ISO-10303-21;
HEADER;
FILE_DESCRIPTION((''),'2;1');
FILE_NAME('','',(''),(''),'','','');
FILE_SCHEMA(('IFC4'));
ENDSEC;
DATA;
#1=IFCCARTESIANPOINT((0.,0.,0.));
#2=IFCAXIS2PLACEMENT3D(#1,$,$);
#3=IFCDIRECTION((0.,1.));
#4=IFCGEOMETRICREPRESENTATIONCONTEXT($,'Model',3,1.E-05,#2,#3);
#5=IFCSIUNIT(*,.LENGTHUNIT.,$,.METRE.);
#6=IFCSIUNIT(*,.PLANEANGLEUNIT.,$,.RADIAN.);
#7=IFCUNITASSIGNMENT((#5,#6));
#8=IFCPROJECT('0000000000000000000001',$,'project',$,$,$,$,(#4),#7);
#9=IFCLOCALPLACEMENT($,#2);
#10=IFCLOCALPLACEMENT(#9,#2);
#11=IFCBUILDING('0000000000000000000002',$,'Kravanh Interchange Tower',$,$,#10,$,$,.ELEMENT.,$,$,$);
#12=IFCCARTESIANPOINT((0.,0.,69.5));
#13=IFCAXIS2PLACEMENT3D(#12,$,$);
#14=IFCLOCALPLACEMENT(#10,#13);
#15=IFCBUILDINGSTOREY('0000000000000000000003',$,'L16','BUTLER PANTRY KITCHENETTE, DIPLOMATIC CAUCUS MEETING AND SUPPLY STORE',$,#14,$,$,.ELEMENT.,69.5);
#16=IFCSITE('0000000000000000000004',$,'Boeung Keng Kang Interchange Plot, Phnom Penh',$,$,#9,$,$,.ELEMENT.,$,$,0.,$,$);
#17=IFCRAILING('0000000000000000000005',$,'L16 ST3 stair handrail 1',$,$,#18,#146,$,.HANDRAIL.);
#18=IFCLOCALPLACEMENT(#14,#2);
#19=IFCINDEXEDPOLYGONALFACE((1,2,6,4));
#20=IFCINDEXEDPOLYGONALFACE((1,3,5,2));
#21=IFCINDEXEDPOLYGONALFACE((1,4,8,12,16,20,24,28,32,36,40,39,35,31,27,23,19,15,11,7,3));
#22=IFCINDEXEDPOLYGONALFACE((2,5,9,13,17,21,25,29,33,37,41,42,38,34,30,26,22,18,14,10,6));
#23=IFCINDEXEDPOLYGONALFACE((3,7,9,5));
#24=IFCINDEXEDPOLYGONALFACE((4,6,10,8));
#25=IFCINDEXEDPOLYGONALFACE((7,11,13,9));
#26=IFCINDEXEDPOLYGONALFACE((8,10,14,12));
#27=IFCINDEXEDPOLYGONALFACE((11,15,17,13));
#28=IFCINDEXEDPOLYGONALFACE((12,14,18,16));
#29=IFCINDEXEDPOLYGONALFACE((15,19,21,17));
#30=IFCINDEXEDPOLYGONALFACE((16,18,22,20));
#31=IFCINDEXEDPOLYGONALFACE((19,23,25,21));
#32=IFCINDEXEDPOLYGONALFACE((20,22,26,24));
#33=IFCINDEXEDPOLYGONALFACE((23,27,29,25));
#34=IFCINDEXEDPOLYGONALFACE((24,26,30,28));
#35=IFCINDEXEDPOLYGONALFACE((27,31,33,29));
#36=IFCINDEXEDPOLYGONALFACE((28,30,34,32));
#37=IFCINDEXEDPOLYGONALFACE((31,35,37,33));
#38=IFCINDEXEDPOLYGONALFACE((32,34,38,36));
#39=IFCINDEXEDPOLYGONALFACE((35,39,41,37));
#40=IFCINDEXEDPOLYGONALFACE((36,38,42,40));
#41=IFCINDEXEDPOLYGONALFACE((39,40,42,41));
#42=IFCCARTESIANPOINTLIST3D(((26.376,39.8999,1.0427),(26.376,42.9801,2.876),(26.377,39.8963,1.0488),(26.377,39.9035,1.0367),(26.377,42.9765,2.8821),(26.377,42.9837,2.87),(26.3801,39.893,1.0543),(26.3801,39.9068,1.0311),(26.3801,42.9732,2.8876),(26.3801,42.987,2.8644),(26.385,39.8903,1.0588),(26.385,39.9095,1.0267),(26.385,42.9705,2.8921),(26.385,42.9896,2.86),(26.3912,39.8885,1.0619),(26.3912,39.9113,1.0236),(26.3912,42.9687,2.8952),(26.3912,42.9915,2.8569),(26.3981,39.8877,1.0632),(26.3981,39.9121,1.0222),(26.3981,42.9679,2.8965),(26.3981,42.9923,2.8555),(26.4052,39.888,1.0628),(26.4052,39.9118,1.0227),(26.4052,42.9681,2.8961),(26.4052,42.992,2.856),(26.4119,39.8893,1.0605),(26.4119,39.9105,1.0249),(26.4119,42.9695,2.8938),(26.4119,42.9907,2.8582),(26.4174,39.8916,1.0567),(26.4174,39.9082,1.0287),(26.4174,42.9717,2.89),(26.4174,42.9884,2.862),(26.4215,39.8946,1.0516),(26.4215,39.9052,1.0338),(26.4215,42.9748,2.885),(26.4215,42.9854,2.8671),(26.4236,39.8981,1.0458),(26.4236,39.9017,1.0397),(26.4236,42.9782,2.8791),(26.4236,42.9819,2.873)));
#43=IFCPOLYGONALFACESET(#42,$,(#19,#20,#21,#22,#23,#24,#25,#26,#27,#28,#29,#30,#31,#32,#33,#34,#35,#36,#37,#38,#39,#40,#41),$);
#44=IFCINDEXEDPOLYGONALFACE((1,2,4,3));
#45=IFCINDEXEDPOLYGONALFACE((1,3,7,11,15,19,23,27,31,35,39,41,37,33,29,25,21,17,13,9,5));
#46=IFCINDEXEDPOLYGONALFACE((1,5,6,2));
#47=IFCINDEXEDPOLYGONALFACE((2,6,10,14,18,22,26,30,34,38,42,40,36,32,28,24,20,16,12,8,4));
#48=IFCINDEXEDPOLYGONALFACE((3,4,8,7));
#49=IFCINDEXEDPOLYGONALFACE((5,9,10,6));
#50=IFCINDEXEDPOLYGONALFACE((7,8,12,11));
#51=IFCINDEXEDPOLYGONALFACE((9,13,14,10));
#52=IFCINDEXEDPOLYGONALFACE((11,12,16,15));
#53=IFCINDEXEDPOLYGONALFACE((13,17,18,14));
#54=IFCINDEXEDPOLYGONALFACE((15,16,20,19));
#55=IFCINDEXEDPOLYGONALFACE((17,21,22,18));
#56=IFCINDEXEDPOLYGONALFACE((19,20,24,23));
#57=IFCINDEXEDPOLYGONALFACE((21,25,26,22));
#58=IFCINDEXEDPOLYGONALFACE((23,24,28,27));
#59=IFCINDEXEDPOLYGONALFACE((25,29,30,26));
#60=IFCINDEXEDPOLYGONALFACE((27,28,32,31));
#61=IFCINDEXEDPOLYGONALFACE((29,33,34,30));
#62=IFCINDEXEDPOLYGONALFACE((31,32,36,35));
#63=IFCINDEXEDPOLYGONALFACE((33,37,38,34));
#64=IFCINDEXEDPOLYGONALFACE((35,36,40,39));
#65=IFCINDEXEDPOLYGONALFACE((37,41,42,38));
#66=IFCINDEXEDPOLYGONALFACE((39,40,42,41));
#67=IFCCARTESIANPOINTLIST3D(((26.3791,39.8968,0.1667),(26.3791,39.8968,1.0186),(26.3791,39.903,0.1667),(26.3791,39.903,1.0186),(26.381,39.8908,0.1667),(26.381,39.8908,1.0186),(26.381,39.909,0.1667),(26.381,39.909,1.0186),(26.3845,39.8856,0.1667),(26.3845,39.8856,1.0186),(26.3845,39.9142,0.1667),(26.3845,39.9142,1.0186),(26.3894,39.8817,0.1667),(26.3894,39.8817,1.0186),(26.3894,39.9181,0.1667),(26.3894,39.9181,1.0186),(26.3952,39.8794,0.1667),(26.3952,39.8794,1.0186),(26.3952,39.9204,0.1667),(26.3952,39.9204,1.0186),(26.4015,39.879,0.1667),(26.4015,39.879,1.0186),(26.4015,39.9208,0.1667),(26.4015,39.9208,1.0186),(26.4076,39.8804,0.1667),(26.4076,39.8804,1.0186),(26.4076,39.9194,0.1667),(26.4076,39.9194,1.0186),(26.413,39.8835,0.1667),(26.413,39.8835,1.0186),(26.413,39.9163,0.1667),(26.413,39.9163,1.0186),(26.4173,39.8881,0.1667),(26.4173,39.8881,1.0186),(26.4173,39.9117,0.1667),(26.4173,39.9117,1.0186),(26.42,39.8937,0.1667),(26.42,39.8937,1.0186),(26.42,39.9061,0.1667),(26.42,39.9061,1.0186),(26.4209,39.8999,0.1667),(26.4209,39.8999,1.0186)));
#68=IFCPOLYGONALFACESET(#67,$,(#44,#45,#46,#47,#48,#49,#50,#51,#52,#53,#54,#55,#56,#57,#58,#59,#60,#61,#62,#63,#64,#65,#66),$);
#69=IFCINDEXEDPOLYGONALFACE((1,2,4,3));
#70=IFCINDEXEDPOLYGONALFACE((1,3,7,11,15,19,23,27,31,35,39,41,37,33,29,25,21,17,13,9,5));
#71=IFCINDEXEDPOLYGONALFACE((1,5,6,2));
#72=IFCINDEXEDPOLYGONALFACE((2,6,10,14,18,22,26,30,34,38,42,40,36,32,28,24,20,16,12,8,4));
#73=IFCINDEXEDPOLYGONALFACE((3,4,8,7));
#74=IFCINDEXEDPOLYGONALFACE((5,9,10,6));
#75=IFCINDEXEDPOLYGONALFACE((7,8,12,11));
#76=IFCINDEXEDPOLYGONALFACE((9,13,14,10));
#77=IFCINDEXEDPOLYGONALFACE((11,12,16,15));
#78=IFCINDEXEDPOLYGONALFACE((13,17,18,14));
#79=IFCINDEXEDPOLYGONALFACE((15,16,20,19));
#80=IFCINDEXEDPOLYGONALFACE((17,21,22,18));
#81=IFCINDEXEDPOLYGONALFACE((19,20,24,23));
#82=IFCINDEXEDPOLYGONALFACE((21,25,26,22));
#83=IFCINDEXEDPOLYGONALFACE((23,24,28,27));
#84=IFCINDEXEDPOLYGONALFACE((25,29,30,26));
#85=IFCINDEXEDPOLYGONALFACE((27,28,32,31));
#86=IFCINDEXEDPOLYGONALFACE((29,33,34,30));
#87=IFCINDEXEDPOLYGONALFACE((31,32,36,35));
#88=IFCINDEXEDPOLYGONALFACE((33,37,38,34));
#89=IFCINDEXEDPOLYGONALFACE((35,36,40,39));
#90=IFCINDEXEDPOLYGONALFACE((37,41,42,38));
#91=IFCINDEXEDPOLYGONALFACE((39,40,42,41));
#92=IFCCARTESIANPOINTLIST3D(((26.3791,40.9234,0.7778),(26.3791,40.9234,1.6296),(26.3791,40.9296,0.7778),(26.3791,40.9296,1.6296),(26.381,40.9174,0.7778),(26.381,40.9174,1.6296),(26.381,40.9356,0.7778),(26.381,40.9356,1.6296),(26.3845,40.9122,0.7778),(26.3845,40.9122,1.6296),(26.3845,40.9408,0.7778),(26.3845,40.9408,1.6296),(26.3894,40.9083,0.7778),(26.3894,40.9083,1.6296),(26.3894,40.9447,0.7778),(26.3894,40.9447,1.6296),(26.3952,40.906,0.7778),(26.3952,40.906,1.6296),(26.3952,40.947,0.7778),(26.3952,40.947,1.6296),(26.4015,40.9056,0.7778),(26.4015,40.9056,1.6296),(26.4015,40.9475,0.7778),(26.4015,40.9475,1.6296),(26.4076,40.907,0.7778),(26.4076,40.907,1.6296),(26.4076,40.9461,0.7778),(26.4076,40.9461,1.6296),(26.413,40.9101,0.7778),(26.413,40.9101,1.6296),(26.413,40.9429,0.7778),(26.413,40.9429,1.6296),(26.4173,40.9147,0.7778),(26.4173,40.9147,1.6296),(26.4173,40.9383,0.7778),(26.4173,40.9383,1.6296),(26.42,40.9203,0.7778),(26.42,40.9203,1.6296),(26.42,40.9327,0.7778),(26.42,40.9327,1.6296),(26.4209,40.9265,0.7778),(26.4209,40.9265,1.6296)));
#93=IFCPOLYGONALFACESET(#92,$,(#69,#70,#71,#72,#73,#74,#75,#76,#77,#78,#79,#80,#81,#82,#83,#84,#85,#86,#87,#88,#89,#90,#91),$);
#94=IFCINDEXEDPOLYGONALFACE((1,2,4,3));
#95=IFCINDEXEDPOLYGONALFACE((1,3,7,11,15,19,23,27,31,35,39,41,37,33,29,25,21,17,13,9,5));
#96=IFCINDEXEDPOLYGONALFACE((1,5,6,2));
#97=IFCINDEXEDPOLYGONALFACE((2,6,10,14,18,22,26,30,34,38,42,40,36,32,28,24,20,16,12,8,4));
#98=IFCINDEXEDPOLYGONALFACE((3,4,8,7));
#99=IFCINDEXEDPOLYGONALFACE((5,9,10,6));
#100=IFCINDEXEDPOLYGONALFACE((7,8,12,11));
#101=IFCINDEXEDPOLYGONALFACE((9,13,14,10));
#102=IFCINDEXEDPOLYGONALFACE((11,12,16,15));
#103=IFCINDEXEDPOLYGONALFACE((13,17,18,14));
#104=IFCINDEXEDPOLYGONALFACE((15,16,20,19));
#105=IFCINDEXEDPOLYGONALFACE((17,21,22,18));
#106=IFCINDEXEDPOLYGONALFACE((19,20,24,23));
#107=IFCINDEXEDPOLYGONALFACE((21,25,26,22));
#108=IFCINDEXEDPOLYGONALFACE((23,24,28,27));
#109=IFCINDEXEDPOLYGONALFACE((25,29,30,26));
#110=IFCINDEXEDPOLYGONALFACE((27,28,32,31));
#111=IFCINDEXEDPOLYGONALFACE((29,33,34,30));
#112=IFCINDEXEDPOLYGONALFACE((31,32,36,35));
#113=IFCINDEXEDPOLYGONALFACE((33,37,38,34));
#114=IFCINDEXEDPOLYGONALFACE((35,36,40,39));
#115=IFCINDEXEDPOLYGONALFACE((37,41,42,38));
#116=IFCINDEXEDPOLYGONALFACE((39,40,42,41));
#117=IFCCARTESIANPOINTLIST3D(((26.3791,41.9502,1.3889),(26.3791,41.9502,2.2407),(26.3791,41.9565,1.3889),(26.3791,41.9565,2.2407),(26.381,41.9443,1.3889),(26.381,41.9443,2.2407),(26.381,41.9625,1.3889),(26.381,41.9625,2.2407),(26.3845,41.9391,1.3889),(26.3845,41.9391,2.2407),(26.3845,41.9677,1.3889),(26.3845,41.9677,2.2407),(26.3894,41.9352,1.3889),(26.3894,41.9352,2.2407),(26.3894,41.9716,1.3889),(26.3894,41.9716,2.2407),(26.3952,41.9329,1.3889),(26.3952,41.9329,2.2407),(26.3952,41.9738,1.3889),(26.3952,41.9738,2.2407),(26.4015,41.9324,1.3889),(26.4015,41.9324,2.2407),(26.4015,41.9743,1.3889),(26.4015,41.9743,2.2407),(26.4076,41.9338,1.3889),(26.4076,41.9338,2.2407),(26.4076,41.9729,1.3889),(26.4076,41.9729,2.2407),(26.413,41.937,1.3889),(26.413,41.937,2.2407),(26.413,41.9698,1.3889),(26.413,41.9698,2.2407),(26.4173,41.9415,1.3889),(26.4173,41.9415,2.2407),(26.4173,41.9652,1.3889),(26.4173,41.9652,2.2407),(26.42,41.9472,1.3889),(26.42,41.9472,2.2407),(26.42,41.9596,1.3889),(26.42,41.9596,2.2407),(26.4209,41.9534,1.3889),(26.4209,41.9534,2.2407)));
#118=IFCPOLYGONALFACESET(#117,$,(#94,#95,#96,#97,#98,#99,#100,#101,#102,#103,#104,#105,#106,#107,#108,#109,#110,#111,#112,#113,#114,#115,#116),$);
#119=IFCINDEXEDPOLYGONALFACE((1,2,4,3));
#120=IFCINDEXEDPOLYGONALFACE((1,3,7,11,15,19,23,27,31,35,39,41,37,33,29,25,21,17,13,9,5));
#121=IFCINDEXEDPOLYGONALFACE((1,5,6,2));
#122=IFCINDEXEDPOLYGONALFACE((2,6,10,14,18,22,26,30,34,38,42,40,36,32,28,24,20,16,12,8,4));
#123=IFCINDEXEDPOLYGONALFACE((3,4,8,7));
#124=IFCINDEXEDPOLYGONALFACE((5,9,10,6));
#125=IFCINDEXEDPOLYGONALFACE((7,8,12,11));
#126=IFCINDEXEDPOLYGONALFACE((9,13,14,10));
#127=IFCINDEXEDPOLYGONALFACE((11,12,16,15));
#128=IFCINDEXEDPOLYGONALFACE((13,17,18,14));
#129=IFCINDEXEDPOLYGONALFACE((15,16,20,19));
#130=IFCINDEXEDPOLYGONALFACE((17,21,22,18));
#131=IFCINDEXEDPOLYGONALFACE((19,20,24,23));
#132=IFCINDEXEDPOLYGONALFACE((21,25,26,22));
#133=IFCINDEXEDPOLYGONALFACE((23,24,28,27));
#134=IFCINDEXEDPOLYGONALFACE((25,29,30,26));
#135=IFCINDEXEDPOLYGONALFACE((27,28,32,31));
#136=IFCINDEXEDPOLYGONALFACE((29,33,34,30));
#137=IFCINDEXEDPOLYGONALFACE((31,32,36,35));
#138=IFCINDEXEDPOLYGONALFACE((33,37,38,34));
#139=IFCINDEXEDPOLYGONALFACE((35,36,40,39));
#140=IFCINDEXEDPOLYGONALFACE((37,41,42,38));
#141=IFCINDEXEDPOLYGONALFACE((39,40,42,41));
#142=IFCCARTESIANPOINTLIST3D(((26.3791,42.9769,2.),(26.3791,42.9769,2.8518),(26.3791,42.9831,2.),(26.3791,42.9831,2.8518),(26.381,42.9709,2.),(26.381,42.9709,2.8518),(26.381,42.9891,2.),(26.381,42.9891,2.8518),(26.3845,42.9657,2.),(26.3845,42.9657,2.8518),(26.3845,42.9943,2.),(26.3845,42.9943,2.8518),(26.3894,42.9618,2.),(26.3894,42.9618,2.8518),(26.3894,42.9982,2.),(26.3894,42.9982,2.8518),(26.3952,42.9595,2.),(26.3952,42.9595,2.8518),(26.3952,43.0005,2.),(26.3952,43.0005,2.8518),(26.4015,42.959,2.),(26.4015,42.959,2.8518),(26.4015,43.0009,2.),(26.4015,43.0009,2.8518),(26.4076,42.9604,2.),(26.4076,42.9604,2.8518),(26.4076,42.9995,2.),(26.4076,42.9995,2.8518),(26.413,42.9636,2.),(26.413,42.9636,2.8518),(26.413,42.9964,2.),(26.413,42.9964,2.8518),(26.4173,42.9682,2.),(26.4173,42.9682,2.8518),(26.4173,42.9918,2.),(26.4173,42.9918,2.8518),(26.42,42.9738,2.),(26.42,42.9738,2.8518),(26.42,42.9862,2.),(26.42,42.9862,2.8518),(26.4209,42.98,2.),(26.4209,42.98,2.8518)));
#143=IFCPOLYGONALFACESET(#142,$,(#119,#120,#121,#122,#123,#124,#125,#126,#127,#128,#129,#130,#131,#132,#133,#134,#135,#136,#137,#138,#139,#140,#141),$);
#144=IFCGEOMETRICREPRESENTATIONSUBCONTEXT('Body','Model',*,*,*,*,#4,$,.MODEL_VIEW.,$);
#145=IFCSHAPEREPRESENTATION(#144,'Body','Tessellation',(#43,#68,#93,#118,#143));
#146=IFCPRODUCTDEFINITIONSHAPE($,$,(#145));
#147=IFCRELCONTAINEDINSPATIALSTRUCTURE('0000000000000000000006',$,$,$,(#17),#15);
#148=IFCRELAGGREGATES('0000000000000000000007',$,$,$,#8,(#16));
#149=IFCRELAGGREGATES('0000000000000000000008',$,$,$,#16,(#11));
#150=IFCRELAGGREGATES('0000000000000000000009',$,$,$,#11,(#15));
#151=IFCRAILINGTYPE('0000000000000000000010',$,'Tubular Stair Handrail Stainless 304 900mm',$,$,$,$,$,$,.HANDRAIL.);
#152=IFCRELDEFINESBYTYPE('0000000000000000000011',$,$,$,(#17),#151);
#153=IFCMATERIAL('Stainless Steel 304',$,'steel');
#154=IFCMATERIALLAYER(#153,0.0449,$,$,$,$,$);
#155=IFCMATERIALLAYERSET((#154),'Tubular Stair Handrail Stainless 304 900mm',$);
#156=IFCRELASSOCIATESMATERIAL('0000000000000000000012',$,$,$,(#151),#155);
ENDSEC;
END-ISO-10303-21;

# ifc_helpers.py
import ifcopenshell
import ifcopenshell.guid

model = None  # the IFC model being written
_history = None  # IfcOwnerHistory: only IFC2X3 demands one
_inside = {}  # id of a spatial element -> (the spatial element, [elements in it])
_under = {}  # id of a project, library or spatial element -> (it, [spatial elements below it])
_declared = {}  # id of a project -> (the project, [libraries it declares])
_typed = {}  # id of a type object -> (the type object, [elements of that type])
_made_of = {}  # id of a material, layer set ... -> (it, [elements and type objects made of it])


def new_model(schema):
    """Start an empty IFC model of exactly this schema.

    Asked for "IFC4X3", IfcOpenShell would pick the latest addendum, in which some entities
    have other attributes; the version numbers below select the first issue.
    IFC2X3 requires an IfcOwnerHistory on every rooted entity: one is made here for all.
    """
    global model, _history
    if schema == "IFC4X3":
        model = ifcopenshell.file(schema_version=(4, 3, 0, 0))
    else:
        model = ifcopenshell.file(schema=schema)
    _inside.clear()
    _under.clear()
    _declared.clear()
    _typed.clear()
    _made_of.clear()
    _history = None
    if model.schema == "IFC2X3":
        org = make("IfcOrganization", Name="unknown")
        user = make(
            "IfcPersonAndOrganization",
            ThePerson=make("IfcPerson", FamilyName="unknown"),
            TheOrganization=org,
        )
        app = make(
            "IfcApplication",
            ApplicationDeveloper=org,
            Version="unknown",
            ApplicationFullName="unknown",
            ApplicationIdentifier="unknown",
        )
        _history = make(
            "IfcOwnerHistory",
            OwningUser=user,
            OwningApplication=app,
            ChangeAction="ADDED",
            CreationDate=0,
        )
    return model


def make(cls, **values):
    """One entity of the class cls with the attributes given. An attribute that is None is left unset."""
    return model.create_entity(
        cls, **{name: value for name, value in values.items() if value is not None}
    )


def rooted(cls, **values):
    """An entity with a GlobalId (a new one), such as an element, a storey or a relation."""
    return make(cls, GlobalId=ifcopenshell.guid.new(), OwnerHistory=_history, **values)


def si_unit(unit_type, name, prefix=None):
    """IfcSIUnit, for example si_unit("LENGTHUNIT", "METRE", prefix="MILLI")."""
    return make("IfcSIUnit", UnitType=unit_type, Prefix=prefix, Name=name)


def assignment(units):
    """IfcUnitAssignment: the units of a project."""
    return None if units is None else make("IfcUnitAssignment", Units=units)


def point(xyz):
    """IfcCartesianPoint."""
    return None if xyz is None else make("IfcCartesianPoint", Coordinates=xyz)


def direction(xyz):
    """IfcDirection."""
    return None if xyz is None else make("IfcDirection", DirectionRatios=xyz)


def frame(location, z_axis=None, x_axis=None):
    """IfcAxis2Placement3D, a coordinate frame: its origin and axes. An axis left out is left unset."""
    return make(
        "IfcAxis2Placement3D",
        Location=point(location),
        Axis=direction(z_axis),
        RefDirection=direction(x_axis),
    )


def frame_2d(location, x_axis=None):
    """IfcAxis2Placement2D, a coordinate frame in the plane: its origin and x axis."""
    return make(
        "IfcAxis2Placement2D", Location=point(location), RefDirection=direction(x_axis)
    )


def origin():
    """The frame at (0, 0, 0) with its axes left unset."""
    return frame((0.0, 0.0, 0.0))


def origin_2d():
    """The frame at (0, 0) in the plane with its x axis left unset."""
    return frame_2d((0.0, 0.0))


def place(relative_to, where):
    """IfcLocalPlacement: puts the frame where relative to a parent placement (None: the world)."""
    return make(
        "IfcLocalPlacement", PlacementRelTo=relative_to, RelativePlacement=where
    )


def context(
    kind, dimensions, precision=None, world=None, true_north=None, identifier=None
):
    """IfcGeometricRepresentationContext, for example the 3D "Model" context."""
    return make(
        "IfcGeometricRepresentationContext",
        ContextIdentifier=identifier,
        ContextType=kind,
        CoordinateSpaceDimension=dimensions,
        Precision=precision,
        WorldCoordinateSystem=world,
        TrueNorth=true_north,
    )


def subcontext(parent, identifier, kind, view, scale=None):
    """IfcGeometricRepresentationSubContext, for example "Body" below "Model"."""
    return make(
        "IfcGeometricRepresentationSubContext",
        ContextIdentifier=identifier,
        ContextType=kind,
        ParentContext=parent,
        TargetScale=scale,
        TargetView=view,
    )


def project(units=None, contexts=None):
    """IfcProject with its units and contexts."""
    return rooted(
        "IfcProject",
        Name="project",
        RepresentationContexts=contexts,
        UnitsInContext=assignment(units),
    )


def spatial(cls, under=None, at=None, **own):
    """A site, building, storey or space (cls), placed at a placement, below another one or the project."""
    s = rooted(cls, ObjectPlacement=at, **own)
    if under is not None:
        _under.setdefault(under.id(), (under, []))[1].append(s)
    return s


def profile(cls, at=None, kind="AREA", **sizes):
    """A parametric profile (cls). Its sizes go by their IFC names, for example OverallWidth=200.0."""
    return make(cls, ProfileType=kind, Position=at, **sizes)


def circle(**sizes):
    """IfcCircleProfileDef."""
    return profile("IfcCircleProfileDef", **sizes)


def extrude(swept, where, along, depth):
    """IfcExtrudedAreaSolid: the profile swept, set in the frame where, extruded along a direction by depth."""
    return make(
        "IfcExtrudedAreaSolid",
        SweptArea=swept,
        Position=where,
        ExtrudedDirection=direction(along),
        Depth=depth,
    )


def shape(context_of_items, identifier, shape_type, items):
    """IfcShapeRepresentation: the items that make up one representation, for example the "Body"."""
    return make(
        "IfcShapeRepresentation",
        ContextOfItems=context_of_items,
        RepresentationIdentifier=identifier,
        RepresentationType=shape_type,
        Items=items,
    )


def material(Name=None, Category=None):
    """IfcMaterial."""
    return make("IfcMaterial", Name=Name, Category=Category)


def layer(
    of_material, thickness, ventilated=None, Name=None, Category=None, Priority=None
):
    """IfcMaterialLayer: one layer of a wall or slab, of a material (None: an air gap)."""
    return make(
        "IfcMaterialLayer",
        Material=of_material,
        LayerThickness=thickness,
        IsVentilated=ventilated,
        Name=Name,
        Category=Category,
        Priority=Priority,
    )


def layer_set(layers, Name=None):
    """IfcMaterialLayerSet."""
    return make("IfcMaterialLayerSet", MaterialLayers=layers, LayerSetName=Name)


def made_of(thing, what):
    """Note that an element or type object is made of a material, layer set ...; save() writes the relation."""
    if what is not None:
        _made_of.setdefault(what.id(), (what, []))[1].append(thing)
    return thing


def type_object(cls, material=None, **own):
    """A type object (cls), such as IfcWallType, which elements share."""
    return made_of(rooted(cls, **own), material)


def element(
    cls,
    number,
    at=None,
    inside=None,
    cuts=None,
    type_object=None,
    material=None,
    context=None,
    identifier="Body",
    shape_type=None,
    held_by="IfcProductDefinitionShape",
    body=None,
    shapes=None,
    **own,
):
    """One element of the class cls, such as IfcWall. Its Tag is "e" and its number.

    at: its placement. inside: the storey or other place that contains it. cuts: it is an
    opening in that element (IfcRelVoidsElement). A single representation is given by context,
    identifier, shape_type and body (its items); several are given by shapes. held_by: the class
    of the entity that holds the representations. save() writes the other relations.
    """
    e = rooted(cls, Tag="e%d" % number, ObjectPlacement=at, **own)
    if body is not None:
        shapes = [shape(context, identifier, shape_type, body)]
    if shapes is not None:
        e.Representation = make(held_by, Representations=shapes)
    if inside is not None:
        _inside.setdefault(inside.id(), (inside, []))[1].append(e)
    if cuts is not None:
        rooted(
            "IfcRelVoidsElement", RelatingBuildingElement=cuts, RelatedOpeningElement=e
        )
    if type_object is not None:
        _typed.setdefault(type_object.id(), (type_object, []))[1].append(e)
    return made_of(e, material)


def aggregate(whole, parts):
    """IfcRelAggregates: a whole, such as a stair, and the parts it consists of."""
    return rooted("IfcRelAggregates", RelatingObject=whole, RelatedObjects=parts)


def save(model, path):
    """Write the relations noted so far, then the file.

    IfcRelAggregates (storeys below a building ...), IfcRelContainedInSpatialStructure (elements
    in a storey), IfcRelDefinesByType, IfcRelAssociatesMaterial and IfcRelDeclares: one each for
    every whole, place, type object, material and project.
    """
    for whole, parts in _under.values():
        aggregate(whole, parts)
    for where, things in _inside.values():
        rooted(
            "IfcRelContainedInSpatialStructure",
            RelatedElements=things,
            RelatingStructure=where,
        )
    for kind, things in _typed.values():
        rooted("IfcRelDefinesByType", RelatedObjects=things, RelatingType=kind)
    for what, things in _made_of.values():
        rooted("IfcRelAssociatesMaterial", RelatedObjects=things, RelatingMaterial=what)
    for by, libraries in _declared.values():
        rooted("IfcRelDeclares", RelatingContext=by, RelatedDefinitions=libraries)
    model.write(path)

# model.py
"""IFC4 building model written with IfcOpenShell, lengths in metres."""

from ifc_helpers import new_model, si_unit, direction, frame, origin, origin_2d, place, context, subcontext, project, spatial, circle, extrude, material, layer, layer_set, type_object, element, save


model = new_model("IFC4")

# Units and contexts
model_context = context("Model", 3, precision=1e-05, world=origin(), true_north=direction((0.0, 1.0)))
body_context = subcontext(model_context, "Body", "Model", "MODEL_VIEW")
ifc_project = project(units=[si_unit("LENGTHUNIT", "METRE"), si_unit("PLANEANGLEUNIT", "RADIAN")], contexts=[model_context])

# Site, building, storey
site_placement = place(None, origin())
site = spatial("IfcSite", under=ifc_project, at=site_placement, Name="Boeung Keng Kang Interchange Plot, Phnom Penh", CompositionType="ELEMENT", RefElevation=0.0)
building_placement = place(site_placement, origin())
building = spatial("IfcBuilding", under=site, at=building_placement, Name="Kravanh Interchange Tower", CompositionType="ELEMENT")
storey_placement = place(building_placement, frame((0.0, 0.0, 69.5)))
storey = spatial("IfcBuildingStorey", under=building, at=storey_placement, Name="L16", Description="BUTLER PANTRY KITCHENETTE, DIPLOMATIC CAUCUS MEETING AND SUPPLY STORE", CompositionType="ELEMENT", Elevation=69.5)

# Railing
ifc_material_1 = material(Name="Stainless Steel 304", Category="steel")
ifc_layer_1 = layer(ifc_material_1, 0.0449)
ifc_layer_set_1 = layer_set([ifc_layer_1], Name="Tubular Stair Handrail Stainless 304 900mm")
railing_type_1 = type_object("IfcRailingType", Name="Tubular Stair Handrail Stainless 304 900mm", PredefinedType="HANDRAIL", material=ifc_layer_set_1)
railing_1_placement = place(storey_placement, frame((26.3999, 39.8999, 0.1667)))
element("IfcRailing", 1, at=railing_1_placement, inside=storey, type_object=railing_type_1, Name="L16 ST3 stair handrail 1", PredefinedType="HANDRAIL", context=body_context, shape_type="SweptSolid", body=[
    extrude(circle(Radius=0.0239, at=origin_2d()), frame((0.0, 0.0, 0.876), z_axis=(0.0, 0.859309, 0.511458), x_axis=(-1.0, 0.0, 0.0)), (0.0, 0.0, 1.0), 3.5845),
    extrude(circle(Radius=0.021, at=origin_2d()), origin(), (0.0, 0.0, 1.0), 0.8518),
    extrude(circle(Radius=0.021, at=origin_2d()), frame((0.0, 1.0266, 0.6111)), (0.0, 0.0, 1.0), 0.8518),
    extrude(circle(Radius=0.021, at=origin_2d()), frame((0.0, 2.0535, 1.2222)), (0.0, 0.0, 1.0), 0.8518),
    extrude(circle(Radius=0.021, at=origin_2d()), frame((0.0, 3.0801, 1.8333)), (0.0, 0.0, 1.0), 0.8518),
])

save(model, "model.ifc")
